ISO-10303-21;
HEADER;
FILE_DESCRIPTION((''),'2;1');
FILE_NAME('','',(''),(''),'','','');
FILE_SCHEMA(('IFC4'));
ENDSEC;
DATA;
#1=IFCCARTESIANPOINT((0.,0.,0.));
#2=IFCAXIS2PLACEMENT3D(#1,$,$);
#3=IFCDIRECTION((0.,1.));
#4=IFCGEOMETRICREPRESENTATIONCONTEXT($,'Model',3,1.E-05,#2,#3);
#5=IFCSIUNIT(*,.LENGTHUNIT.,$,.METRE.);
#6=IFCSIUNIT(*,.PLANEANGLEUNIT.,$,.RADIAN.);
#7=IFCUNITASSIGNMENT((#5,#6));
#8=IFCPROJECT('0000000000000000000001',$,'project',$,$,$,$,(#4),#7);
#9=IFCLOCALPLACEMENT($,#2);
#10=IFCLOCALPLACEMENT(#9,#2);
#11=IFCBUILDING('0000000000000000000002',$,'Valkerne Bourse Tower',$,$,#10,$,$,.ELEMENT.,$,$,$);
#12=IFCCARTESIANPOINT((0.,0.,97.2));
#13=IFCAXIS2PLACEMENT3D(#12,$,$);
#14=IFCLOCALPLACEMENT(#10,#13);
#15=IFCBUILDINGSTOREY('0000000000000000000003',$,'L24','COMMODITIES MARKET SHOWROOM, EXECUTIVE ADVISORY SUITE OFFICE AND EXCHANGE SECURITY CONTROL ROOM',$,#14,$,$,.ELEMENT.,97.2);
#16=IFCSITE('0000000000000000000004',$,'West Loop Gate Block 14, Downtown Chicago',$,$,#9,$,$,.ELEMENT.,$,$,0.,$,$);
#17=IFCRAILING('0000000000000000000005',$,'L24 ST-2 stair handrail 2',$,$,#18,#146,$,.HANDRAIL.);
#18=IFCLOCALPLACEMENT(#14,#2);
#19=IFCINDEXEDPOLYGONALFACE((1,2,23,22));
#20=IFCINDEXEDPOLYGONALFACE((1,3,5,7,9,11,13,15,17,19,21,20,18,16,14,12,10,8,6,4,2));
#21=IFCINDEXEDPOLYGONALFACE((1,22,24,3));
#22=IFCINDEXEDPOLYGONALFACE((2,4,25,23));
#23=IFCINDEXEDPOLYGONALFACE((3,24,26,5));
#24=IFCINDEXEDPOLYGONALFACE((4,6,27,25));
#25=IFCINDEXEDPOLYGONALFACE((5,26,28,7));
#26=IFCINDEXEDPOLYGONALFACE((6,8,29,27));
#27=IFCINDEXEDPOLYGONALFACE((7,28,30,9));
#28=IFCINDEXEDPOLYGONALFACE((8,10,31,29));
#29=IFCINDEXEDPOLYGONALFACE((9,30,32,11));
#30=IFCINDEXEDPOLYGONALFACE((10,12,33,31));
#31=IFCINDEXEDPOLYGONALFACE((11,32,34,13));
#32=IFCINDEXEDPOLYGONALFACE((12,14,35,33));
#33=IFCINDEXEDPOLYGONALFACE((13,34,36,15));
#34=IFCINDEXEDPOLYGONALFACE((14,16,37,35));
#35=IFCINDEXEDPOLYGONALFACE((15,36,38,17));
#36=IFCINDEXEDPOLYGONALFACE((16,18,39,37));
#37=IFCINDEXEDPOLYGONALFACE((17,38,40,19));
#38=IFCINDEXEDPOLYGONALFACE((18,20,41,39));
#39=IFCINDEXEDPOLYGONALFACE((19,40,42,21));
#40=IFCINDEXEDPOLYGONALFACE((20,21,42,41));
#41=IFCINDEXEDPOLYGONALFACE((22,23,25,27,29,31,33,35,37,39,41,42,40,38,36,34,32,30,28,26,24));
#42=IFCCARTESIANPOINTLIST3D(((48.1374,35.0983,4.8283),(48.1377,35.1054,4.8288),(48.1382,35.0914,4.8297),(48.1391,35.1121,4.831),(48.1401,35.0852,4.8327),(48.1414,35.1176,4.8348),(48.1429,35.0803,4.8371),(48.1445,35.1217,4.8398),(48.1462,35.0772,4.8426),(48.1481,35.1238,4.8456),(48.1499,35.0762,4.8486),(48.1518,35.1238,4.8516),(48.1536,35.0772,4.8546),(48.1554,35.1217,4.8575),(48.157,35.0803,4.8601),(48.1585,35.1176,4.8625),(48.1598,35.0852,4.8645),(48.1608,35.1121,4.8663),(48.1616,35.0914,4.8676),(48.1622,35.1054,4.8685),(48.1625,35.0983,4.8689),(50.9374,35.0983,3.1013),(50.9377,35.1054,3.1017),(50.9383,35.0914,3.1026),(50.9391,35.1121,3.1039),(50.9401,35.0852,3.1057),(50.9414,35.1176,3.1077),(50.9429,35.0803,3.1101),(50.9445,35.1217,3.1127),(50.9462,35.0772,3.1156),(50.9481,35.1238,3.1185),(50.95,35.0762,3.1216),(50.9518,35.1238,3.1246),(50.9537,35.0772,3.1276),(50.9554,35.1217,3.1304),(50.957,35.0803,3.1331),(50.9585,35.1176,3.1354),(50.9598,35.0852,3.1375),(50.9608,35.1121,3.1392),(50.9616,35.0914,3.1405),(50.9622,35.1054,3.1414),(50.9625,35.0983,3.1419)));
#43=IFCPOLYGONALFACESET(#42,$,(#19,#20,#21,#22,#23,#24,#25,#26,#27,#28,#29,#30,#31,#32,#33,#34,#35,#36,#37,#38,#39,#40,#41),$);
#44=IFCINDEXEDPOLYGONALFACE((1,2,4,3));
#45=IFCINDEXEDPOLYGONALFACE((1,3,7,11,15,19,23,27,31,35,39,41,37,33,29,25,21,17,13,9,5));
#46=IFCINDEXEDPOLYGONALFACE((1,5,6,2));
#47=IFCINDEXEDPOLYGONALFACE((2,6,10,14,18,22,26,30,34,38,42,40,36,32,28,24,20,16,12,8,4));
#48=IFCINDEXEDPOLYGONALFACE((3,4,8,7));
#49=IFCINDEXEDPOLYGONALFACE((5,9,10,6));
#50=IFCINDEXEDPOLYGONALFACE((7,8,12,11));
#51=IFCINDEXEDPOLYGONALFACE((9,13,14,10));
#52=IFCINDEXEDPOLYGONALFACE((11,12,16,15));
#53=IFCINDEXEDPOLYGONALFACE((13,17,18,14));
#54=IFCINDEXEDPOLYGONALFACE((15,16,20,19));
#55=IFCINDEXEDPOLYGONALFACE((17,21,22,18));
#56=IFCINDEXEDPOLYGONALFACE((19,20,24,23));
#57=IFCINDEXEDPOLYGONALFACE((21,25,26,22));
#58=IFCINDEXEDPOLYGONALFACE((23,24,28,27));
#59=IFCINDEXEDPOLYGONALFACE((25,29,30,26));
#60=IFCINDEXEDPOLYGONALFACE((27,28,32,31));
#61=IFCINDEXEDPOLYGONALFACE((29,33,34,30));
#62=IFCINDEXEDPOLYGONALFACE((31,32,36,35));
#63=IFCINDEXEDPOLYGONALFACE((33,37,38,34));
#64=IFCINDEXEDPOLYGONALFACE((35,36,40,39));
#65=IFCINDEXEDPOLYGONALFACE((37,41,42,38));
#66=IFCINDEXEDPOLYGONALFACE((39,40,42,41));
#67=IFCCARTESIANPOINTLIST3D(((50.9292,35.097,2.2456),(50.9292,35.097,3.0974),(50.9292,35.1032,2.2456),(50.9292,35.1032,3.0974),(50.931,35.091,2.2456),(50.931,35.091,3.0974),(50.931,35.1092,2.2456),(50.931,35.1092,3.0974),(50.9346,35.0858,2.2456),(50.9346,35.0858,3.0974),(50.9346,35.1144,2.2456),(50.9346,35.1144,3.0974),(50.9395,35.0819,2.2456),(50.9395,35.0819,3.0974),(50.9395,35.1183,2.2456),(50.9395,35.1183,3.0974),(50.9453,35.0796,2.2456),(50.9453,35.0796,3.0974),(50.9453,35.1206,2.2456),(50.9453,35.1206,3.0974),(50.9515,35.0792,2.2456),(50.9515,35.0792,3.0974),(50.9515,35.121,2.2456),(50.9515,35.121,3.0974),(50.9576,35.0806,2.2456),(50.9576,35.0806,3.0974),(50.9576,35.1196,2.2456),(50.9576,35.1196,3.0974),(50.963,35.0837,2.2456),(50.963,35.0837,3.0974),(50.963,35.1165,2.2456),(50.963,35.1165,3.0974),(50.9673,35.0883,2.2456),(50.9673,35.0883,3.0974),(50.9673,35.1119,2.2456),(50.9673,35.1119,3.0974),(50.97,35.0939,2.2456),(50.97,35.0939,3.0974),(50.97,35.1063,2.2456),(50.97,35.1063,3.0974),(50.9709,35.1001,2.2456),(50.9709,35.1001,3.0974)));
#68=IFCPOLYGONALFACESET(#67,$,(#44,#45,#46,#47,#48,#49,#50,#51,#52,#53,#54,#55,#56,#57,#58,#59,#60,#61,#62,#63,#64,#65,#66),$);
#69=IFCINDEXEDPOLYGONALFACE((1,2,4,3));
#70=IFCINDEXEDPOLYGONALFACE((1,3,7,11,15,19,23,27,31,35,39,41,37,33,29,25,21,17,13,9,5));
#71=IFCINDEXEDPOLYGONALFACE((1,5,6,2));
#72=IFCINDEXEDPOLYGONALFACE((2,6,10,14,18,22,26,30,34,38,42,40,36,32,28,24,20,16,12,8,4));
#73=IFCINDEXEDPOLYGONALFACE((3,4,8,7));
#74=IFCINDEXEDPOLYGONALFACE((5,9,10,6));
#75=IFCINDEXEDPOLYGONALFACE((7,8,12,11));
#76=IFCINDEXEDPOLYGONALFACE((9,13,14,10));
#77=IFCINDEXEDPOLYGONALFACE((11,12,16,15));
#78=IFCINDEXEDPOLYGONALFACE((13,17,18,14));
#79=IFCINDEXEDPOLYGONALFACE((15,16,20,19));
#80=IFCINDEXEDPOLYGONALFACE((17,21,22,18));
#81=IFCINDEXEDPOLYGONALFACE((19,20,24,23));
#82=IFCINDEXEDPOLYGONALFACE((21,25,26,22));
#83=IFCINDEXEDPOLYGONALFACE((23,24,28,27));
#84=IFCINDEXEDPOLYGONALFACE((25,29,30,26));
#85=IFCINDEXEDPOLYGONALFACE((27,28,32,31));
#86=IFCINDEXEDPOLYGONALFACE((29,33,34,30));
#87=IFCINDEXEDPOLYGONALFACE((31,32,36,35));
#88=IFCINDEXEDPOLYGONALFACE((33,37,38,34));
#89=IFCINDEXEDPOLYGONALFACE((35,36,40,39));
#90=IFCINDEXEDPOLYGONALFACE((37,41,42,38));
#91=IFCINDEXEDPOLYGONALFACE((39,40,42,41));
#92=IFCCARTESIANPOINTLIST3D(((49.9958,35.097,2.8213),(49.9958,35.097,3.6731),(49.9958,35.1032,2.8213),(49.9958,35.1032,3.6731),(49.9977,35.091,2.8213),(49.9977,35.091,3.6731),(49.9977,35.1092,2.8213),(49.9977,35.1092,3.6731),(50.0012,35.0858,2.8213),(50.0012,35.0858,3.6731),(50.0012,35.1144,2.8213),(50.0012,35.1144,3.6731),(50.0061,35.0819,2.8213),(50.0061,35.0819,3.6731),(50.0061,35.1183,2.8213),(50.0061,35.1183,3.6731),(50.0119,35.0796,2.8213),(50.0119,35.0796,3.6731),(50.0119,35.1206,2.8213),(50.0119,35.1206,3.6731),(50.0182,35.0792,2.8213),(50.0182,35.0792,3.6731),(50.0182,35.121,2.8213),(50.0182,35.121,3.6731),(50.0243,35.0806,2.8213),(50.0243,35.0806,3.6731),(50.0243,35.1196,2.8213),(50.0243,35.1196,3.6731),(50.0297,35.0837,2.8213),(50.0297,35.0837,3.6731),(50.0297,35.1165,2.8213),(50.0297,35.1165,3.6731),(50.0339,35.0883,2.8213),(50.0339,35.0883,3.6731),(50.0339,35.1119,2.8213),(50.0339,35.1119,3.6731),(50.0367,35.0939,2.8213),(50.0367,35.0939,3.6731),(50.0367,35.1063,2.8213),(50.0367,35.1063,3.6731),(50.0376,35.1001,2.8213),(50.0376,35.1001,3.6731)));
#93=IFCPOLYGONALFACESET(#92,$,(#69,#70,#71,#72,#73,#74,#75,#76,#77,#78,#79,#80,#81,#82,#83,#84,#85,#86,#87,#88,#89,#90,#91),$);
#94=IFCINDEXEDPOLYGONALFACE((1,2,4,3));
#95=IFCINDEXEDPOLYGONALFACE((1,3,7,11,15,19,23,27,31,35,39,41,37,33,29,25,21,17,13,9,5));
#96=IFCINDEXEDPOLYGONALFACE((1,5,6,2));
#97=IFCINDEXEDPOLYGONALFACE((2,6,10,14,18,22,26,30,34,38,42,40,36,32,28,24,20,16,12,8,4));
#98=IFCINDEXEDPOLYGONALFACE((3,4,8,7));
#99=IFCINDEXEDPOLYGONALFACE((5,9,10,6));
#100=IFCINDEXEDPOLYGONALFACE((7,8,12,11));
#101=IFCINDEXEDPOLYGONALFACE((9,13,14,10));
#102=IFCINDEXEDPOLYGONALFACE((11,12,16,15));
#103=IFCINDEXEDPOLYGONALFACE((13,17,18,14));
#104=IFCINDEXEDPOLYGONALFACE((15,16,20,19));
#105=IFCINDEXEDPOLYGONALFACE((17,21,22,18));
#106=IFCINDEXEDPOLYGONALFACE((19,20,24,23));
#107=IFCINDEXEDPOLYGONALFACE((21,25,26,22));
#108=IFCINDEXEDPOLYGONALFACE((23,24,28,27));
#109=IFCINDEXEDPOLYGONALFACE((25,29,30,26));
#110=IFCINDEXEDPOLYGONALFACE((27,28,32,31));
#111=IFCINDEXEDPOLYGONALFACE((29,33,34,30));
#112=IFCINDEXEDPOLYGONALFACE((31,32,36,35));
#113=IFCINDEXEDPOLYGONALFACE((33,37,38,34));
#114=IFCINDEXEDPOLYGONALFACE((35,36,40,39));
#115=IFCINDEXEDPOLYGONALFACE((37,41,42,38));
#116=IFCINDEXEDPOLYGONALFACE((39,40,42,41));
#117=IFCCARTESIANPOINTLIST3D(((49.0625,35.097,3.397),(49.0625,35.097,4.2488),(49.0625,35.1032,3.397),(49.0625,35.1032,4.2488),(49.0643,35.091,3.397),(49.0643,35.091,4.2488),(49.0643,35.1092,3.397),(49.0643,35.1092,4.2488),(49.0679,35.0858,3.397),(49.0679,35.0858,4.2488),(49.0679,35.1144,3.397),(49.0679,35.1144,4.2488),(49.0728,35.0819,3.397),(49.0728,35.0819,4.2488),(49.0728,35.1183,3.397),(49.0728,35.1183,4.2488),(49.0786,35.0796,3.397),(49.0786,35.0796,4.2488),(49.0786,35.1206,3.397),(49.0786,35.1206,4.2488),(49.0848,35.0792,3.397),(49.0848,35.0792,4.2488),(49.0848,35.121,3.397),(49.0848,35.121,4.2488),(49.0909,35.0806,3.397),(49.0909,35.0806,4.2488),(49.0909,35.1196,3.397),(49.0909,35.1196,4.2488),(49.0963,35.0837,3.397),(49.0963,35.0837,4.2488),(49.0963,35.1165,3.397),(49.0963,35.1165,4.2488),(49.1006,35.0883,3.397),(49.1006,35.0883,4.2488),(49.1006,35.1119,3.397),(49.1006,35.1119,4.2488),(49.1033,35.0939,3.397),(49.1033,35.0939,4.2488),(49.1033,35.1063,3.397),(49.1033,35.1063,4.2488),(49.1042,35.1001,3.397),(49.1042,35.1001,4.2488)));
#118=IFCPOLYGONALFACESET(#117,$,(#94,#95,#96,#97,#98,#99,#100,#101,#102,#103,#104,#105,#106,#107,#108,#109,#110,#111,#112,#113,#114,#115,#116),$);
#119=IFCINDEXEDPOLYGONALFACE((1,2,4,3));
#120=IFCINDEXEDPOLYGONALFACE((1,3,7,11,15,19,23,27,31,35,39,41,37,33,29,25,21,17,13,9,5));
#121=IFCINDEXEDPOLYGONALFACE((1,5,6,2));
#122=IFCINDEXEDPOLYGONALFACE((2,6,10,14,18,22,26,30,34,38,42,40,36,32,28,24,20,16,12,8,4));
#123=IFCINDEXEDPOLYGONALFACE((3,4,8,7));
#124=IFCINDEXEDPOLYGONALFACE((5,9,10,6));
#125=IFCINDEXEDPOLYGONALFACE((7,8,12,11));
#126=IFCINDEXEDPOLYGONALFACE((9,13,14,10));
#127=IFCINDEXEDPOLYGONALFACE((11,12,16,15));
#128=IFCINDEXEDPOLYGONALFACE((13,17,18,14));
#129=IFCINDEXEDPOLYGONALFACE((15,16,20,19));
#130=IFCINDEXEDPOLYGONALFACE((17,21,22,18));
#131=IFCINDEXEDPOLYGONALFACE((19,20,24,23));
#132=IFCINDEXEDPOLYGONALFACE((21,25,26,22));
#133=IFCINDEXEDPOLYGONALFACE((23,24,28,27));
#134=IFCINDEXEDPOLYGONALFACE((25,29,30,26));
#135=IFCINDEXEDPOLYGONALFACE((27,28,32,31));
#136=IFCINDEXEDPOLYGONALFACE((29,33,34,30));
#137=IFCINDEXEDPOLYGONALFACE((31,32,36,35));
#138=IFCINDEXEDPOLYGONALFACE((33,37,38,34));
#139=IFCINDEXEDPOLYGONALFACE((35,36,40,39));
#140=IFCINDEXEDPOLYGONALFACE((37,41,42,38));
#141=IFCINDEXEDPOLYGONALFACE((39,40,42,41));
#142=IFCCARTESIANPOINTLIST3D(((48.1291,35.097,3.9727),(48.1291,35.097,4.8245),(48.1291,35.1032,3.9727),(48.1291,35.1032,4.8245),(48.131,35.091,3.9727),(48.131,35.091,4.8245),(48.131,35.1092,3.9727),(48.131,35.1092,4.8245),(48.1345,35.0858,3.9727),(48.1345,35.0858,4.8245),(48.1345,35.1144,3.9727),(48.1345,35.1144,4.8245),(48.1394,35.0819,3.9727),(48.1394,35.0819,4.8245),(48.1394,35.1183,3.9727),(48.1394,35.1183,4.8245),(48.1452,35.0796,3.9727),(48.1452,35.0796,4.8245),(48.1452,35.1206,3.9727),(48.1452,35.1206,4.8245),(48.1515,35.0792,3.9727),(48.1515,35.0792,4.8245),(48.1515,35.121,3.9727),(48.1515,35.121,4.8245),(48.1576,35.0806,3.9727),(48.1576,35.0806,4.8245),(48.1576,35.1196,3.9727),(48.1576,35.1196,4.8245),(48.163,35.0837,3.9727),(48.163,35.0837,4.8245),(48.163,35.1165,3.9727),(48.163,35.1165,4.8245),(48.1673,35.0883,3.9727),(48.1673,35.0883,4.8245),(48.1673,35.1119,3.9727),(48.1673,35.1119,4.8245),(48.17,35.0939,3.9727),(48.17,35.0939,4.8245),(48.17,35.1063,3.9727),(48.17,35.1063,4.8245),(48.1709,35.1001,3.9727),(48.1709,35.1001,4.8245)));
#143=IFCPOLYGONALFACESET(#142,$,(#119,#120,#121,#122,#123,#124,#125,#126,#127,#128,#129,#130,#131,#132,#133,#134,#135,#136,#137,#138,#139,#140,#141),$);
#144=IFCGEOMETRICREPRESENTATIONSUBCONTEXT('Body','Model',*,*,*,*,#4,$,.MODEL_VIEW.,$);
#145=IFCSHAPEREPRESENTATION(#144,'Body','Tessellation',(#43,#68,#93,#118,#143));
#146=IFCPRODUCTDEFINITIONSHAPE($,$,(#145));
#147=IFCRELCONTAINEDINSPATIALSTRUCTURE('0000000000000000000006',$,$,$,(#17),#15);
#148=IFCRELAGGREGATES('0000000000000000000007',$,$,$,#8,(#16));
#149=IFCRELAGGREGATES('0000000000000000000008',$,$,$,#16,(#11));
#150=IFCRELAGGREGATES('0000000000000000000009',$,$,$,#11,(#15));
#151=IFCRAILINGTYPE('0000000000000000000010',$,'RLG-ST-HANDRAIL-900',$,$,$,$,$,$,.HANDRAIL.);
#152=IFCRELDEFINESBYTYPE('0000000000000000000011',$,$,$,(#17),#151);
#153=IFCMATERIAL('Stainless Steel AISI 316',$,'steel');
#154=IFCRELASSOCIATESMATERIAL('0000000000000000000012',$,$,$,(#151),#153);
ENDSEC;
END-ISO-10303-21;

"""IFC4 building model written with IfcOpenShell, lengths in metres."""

from ifc_helpers import new_model, si_unit, direction, frame, origin, origin_2d, place, context, subcontext, project, spatial, circle, extrude, material, type_object, element, save


model = new_model("IFC4")

# Units and contexts
model_context = context("Model", 3, precision=1e-05, world=origin(), true_north=direction((0.0, 1.0)))
body_context = subcontext(model_context, "Body", "Model", "MODEL_VIEW")
ifc_project = project(units=[si_unit("LENGTHUNIT", "METRE"), si_unit("PLANEANGLEUNIT", "RADIAN")], contexts=[model_context])

# Site, building, storey
site_placement = place(None, origin())
site = spatial("IfcSite", under=ifc_project, at=site_placement, Name="West Loop Gate Block 14, Downtown Chicago", CompositionType="ELEMENT", RefElevation=0.0)
building_placement = place(site_placement, origin())
building = spatial("IfcBuilding", under=site, at=building_placement, Name="Valkerne Bourse Tower", CompositionType="ELEMENT")
storey_placement = place(building_placement, frame((0.0, 0.0, 97.2)))
storey = spatial("IfcBuildingStorey", under=building, at=storey_placement, Name="L24", Description="COMMODITIES MARKET SHOWROOM, EXECUTIVE ADVISORY SUITE OFFICE AND EXCHANGE SECURITY CONTROL ROOM", CompositionType="ELEMENT", Elevation=97.2)

# Railing
ifc_material_1 = material(Name="Stainless Steel AISI 316", Category="steel")
railing_type_1 = type_object("IfcRailingType", Name="RLG-ST-HANDRAIL-900", PredefinedType="HANDRAIL", material=ifc_material_1)
railing_1_placement = place(storey_placement, frame((50.95, 35.1001, 2.2456)))
element("IfcRailing", 1, at=railing_1_placement, inside=storey, type_object=railing_type_1, Name="L24 ST-2 stair handrail 2", PredefinedType="HANDRAIL", context=body_context, shape_type="SweptSolid", body=[
    extrude(circle(Radius=0.0239, at=origin_2d()), frame((0.0, 0.0, 0.876), z_axis=(-0.851123, 0.0, 0.524967), x_axis=(0.0, -1.0, 0.0)), (0.0, 0.0, 1.0), 3.2898),
    extrude(circle(Radius=0.021, at=origin_2d()), origin(), (0.0, 0.0, 1.0), 0.8518),
    extrude(circle(Radius=0.021, at=origin_2d()), frame((-0.9333, 0.0, 0.5757)), (0.0, 0.0, 1.0), 0.8518),
    extrude(circle(Radius=0.021, at=origin_2d()), frame((-1.8667, 0.0, 1.1514)), (0.0, 0.0, 1.0), 0.8518),
    extrude(circle(Radius=0.021, at=origin_2d()), frame((-2.8, 0.0, 1.7271)), (0.0, 0.0, 1.0), 0.8518),
])

save(model, "model.ifc")
